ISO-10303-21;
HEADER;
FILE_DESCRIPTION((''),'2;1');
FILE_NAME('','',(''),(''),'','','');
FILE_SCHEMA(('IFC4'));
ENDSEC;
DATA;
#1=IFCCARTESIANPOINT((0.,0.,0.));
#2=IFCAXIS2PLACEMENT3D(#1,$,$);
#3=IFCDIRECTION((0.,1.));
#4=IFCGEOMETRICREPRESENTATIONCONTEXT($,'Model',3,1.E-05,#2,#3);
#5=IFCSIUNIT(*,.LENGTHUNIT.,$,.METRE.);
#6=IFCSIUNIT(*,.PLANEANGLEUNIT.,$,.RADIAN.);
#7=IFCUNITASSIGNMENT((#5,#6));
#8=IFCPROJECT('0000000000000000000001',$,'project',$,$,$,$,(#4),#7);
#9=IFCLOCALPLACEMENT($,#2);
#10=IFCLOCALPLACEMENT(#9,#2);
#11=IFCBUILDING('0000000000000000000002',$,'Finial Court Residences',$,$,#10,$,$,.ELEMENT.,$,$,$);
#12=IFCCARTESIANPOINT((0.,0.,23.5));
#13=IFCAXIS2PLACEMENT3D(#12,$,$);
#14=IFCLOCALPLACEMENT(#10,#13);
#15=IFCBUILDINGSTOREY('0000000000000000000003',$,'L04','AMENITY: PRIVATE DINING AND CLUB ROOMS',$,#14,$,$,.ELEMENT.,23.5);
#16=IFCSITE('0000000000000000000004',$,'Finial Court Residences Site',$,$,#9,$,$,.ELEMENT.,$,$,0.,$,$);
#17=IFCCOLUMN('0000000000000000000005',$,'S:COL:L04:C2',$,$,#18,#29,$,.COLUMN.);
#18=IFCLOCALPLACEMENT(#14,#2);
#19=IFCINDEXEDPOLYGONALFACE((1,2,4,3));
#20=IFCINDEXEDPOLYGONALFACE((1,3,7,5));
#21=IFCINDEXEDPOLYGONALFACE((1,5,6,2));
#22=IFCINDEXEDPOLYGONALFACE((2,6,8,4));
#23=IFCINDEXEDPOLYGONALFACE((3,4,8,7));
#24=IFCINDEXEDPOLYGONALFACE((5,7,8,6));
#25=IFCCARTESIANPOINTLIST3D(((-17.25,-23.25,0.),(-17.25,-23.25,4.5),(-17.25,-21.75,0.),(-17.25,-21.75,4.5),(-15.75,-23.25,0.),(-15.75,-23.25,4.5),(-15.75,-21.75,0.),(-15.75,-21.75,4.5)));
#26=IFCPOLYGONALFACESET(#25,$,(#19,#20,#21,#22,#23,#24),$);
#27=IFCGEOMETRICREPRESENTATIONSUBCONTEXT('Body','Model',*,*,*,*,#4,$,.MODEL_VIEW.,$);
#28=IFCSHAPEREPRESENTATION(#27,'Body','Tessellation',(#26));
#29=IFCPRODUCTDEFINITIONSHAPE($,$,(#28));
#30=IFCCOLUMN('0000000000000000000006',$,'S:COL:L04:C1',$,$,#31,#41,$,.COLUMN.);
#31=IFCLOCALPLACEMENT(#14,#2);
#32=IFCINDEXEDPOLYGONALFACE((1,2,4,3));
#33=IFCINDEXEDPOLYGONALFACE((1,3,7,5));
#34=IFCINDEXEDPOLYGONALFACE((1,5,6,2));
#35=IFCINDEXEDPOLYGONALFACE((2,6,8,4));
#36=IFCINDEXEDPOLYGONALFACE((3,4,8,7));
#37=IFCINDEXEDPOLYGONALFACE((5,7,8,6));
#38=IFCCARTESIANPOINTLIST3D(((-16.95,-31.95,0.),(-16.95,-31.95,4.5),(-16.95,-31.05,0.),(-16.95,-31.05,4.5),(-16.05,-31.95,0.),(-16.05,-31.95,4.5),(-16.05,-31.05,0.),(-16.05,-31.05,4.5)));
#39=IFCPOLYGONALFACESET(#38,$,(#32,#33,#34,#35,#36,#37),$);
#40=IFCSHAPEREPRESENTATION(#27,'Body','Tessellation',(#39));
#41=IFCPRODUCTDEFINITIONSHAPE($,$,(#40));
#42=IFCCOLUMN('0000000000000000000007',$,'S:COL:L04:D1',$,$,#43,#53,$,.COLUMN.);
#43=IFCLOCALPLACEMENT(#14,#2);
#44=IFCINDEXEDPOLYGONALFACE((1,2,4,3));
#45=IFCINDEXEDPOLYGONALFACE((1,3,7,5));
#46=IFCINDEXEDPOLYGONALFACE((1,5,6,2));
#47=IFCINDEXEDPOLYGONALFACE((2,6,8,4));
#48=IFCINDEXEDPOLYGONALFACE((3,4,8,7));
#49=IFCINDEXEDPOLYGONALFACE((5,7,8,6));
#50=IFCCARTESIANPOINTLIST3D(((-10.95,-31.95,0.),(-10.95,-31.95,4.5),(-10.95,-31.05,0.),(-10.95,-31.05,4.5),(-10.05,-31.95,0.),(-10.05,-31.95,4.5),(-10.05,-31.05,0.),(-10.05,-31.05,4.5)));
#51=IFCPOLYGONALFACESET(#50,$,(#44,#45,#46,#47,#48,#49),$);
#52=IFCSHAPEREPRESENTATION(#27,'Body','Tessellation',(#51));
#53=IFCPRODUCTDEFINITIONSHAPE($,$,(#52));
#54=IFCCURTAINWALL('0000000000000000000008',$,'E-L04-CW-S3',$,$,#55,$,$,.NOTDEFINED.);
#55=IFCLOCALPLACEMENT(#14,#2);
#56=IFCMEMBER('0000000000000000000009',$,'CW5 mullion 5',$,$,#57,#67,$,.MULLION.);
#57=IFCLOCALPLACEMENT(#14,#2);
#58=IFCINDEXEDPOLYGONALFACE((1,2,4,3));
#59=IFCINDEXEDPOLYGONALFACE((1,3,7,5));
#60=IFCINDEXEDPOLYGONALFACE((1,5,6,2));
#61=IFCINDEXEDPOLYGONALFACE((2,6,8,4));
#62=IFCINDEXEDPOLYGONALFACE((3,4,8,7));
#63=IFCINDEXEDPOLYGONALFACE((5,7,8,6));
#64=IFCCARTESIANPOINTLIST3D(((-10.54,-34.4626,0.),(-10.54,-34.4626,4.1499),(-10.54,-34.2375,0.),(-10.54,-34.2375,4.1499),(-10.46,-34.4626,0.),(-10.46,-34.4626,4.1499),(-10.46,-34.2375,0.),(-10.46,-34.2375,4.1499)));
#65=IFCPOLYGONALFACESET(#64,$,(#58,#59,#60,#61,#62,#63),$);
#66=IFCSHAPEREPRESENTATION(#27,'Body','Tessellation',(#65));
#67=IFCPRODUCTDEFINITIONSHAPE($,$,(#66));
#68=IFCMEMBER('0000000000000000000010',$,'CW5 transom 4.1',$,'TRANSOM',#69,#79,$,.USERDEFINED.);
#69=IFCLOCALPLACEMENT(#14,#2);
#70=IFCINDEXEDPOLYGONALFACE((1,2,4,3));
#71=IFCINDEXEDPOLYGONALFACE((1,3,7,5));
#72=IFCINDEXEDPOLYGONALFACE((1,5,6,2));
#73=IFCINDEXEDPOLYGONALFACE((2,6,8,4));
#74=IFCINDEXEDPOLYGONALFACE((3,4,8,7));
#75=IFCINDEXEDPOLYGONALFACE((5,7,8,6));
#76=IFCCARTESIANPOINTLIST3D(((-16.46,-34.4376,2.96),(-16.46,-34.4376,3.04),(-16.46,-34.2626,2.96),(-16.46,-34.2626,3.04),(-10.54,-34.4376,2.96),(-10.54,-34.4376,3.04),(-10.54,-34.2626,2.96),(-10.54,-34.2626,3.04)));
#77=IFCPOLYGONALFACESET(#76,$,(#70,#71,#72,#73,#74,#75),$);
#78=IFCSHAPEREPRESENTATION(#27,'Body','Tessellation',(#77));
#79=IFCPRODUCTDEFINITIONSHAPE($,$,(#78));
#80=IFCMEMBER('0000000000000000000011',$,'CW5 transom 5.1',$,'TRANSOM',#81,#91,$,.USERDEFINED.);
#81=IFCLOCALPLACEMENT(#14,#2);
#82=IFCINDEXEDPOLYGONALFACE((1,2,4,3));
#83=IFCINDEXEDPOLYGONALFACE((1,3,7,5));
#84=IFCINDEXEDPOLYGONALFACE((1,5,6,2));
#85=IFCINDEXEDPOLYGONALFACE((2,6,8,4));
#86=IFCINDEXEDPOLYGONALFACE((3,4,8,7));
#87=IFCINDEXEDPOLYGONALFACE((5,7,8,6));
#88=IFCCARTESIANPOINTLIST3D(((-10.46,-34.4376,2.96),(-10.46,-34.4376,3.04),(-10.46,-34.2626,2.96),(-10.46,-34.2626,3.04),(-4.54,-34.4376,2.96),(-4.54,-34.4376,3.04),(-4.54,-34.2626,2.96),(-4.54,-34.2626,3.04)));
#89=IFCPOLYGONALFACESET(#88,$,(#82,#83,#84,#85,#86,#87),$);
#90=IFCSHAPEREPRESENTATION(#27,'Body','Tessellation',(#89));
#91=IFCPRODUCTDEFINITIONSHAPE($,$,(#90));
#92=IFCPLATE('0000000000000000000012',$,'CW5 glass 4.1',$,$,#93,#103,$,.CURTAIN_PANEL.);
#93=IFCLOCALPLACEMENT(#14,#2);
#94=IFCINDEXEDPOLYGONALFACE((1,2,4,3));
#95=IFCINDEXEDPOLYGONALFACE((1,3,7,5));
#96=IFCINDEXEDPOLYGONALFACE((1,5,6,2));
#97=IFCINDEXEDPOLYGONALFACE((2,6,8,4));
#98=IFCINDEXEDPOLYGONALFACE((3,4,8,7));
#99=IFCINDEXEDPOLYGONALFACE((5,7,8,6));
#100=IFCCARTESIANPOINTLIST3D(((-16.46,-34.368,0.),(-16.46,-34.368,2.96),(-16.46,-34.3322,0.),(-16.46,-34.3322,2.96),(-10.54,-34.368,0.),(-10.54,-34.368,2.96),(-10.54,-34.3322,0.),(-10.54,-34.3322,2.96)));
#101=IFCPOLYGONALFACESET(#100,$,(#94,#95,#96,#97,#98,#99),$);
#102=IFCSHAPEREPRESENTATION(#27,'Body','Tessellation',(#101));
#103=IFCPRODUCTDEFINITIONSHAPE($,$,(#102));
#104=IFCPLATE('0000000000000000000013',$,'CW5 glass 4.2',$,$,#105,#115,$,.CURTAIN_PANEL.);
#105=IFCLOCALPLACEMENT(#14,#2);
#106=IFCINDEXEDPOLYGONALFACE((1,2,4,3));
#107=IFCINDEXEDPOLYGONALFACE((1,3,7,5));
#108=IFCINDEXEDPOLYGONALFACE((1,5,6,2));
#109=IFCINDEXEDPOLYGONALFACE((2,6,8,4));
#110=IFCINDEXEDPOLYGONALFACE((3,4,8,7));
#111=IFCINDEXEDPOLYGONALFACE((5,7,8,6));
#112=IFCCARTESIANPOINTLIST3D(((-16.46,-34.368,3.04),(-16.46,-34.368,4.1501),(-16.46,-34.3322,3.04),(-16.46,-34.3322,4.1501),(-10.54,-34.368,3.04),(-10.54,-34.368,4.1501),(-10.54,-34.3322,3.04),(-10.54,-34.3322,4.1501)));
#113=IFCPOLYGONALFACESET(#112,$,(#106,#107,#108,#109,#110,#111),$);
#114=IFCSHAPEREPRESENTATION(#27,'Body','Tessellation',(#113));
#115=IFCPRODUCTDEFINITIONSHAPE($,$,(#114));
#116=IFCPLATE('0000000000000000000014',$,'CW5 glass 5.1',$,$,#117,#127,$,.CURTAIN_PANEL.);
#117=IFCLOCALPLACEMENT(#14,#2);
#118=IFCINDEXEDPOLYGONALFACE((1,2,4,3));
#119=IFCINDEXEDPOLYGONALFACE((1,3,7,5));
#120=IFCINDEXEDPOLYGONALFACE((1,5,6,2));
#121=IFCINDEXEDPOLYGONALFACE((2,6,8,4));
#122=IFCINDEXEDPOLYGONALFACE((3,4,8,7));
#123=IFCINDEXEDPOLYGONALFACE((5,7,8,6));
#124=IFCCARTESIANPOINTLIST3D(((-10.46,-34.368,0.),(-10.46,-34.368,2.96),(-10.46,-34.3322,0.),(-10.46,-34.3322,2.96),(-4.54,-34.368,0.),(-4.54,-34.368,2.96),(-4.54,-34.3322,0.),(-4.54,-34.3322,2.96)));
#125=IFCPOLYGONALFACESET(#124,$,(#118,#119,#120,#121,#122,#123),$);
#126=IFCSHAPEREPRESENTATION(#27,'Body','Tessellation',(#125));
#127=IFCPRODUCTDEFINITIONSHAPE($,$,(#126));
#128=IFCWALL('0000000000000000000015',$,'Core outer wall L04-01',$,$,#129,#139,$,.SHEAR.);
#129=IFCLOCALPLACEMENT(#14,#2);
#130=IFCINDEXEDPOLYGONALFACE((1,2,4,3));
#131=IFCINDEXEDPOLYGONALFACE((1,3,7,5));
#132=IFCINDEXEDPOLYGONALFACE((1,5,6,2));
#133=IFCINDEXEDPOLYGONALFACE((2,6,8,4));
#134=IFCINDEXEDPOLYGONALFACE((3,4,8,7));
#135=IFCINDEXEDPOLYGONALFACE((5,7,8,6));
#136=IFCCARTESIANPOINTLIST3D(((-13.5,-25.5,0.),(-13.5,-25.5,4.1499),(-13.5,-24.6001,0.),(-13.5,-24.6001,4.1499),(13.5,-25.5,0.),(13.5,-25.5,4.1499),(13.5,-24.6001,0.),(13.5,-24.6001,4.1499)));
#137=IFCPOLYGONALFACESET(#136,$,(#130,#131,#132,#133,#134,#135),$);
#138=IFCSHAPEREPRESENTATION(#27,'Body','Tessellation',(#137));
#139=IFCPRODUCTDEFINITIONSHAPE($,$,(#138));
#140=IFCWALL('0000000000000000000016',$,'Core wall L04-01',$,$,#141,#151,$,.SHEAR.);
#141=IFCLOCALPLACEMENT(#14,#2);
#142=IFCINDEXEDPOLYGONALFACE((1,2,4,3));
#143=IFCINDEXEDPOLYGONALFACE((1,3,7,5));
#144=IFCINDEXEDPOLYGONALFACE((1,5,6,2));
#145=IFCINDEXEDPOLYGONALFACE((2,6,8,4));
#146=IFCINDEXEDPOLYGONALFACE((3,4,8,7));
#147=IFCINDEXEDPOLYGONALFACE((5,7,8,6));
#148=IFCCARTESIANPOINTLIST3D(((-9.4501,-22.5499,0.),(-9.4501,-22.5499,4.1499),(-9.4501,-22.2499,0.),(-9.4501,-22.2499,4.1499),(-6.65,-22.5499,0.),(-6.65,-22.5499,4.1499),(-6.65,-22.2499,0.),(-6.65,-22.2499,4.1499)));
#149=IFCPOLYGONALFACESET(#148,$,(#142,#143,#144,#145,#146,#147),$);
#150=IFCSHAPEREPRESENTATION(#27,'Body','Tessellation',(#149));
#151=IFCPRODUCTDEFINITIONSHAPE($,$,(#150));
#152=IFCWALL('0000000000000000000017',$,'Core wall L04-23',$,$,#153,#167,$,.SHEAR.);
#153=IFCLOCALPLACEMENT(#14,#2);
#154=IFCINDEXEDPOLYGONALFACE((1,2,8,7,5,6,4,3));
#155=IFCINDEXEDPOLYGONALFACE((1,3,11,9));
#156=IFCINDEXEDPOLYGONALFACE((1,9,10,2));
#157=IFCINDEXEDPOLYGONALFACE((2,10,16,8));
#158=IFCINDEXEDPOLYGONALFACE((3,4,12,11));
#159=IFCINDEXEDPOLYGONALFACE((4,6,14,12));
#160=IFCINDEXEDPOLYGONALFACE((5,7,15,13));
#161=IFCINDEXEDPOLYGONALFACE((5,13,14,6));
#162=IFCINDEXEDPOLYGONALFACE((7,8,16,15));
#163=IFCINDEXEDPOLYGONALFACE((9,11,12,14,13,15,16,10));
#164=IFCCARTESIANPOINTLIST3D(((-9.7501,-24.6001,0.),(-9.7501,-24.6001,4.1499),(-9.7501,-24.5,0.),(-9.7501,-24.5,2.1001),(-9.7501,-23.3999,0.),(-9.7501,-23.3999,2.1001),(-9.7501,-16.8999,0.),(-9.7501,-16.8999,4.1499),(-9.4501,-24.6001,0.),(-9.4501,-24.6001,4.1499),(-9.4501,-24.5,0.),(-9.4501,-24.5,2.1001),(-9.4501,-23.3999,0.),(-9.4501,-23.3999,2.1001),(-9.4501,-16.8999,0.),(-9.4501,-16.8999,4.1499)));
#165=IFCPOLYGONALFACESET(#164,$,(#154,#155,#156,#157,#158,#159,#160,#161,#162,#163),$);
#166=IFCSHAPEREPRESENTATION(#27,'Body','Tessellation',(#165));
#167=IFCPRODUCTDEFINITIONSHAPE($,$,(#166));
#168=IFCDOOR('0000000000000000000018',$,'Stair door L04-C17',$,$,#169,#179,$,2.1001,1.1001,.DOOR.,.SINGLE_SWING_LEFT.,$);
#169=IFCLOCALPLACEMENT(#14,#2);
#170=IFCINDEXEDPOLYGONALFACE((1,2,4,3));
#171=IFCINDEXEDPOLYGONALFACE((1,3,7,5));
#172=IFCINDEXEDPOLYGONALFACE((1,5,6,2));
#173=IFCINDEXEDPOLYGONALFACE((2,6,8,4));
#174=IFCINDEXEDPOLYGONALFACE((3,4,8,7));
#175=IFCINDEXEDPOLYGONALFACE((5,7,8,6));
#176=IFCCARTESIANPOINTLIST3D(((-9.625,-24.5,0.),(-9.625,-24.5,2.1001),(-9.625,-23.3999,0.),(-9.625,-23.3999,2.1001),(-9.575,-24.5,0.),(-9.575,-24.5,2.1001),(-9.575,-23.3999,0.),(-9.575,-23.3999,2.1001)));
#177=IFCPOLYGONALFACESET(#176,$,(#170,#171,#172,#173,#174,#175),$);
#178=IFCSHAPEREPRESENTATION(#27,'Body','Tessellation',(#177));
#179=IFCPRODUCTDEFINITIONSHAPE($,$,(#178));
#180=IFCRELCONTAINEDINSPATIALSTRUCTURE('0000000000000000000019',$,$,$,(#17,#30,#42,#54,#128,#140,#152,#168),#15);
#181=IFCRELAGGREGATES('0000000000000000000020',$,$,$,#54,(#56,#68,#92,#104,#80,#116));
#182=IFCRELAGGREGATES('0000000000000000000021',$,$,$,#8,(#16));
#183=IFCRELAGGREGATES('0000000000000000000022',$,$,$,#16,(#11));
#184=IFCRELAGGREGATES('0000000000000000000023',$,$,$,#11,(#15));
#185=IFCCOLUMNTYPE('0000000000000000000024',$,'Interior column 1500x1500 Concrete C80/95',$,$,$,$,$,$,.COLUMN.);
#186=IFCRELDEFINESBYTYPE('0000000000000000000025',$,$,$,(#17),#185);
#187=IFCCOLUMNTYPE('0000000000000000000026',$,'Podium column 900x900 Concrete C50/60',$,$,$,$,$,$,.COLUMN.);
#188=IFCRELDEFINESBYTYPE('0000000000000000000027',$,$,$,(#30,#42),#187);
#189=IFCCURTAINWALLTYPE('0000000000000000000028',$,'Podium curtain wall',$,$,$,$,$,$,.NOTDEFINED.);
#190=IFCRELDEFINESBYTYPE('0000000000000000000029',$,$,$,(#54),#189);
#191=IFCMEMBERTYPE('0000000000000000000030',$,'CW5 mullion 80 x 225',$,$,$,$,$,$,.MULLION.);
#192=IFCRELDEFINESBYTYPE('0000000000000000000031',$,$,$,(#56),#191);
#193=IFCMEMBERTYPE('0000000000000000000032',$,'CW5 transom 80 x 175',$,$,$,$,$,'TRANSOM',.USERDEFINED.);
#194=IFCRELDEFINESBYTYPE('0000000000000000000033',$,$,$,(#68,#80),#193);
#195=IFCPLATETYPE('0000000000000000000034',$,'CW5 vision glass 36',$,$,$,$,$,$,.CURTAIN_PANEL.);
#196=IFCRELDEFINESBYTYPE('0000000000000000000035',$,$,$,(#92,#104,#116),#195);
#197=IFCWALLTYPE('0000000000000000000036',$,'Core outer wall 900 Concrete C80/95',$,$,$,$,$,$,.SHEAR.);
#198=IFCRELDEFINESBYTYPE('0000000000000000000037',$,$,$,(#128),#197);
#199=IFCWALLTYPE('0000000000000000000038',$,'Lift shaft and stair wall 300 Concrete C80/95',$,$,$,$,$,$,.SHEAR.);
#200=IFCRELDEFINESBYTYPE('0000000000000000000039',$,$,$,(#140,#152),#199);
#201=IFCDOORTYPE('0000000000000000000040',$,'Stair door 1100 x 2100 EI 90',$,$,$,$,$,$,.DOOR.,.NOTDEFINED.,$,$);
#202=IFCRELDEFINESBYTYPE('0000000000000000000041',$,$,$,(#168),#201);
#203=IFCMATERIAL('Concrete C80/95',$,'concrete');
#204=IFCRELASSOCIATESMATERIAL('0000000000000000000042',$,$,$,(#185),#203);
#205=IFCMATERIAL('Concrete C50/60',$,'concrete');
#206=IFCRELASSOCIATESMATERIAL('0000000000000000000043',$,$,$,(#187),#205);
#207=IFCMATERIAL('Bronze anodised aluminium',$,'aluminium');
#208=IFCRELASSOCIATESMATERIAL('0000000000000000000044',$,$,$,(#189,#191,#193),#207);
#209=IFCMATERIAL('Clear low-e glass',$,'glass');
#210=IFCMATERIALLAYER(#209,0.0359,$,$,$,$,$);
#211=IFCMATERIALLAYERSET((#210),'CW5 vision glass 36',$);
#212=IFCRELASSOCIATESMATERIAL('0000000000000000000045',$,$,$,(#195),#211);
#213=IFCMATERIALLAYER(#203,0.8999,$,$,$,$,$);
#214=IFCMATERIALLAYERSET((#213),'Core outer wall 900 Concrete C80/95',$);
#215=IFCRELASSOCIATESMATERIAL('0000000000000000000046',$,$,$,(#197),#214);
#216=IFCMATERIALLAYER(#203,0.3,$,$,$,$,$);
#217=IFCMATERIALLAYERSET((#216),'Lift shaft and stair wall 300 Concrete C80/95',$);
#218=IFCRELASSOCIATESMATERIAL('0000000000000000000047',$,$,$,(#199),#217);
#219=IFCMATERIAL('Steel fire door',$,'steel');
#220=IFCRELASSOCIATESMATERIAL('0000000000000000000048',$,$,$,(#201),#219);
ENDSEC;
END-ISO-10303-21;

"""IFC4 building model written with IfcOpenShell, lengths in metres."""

from ifc_helpers import new_model, si_unit, direction, frame, frame_2d, origin, origin_2d, place, context, subcontext, project, spatial, rectangle, extrude, material, layer, layer_set, material_profile, profile_set, type_object, element, fill, aggregate, save


model = new_model("IFC4")

# Units and contexts
model_context = context("Model", 3, precision=1e-05, world=origin(), true_north=direction((0.0, 1.0)))
body_context = subcontext(model_context, "Body", "Model", "MODEL_VIEW")
ifc_project = project(units=[si_unit("LENGTHUNIT", "METRE"), si_unit("PLANEANGLEUNIT", "RADIAN")], contexts=[model_context])

# Site, building, storey
site_placement = place(None, origin())
site = spatial("IfcSite", under=ifc_project, at=site_placement, Name="Finial Court Residences Site", CompositionType="ELEMENT", RefElevation=0.0)
building_placement = place(site_placement, origin())
building = spatial("IfcBuilding", under=site, at=building_placement, Name="Finial Court Residences", CompositionType="ELEMENT")
storey_placement = place(building_placement, frame((0.0, 0.0, 23.5)))
storey = spatial("IfcBuildingStorey", under=building, at=storey_placement, Name="L04", Description="AMENITY: PRIVATE DINING AND CLUB ROOMS", CompositionType="ELEMENT", Elevation=23.5)

# Columns
ifc_material_1 = material(Name="Concrete C80/95", Category="concrete")
ifc_material_profile_1 = material_profile(ifc_material_1, rectangle(XDim=1.5, YDim=1.5, at=origin_2d()), Name="1500x1500")
ifc_profile_set_1 = profile_set([ifc_material_profile_1], Name="Concrete C80/95")
column_type_1 = type_object("IfcColumnType", Name="Interior column 1500x1500 Concrete C80/95", PredefinedType="COLUMN", material=ifc_profile_set_1)
column_placement = place(storey_placement, frame((-16.5, -22.5, 0.0), z_axis=(0.0, 0.0, 1.0), x_axis=(1.0, 0.0, 0.0)))
element("IfcColumn", 1, at=column_placement, inside=storey, type_object=column_type_1, Name="S:COL:L04:C2", PredefinedType="COLUMN", context=body_context, shape_type="SweptSolid", body=[
    extrude(rectangle(XDim=1.5, YDim=1.5, at=origin_2d()), origin(), (0.0, 0.0, 1.0), 4.5),
])
ifc_material_2 = material(Name="Concrete C50/60", Category="concrete")
ifc_material_profile_2 = material_profile(ifc_material_2, rectangle(XDim=0.8999, YDim=0.8999, at=origin_2d()), Name="900x900")
ifc_profile_set_2 = profile_set([ifc_material_profile_2], Name="Concrete C50/60")
column_type_2 = type_object("IfcColumnType", Name="Podium column 900x900 Concrete C50/60", PredefinedType="COLUMN", material=ifc_profile_set_2)
for number, where, z_axis, x_axis, name in (
    (2, (-16.5, -31.5, 0.0), (0.0, 0.0, 1.0), (1.0, 0.0, 0.0), "S:COL:L04:C1"),
    (3, (-10.5, -31.5, 0.0), (0.0, 0.0, 1.0), (1.0, 0.0, 0.0), "S:COL:L04:D1"),
):
    element("IfcColumn", number, at=place(storey_placement, frame(where, z_axis=z_axis, x_axis=x_axis)), inside=storey, type_object=column_type_2, Name=name, PredefinedType="COLUMN", context=body_context, shape_type="SweptSolid", body=[
        extrude(rectangle(XDim=0.8999, YDim=0.8999, at=origin_2d()), origin(), (0.0, 0.0, 1.0), 4.5),
    ])

# Curtain wall, members, plates
ifc_material_3 = material(Name="Bronze anodised aluminium", Category="aluminium")
curtain_wall_type = type_object("IfcCurtainWallType", Name="Podium curtain wall", PredefinedType="NOTDEFINED", material=ifc_material_3)
curtain_wall_placement = place(storey_placement, origin())
curtain_wall = element("IfcCurtainWall", 4, at=curtain_wall_placement, inside=storey, type_object=curtain_wall_type, Name="E-L04-CW-S3", PredefinedType="NOTDEFINED")
ifc_material_profile_3 = material_profile(ifc_material_3, rectangle(XDim=0.2251, YDim=0.0801, at=origin_2d()), Name="CW5 mullion 80 x 225")
ifc_profile_set_3 = profile_set([ifc_material_profile_3], Name="Bronze anodised aluminium")
member_type_1 = type_object("IfcMemberType", Name="CW5 mullion 80 x 225", PredefinedType="MULLION", material=ifc_profile_set_3)
member_1_placement = place(storey_placement, frame((-10.5, -34.3501, 0.0), z_axis=(0.0, 0.0, 1.0), x_axis=(0.0, 1.0, 0.0)))
member_1 = element("IfcMember", 5, at=member_1_placement, type_object=member_type_1, Name="CW5 mullion 5", PredefinedType="MULLION", context=body_context, shape_type="SweptSolid", body=[
    extrude(rectangle(XDim=0.2251, YDim=0.0801, at=origin_2d()), origin(), (0.0, 0.0, 1.0), 4.1499),
])
ifc_material_profile_4 = material_profile(ifc_material_3, rectangle(XDim=0.175, YDim=0.0801, at=origin_2d()), Name="CW5 transom 80 x 175")
ifc_profile_set_4 = profile_set([ifc_material_profile_4], Name="Bronze anodised aluminium")
member_type_2 = type_object("IfcMemberType", Name="CW5 transom 80 x 175", ElementType="TRANSOM", PredefinedType="USERDEFINED", material=ifc_profile_set_4)
member_2_placement = place(storey_placement, frame((-16.46, -34.3501, 3.0), z_axis=(1.0, 0.0, 0.0), x_axis=(0.0, 1.0, 0.0)))
member_2 = element("IfcMember", 6, at=member_2_placement, type_object=member_type_2, Name="CW5 transom 4.1", ObjectType="TRANSOM", PredefinedType="USERDEFINED", context=body_context, shape_type="SweptSolid", body=[
    extrude(rectangle(XDim=0.175, YDim=0.0801, at=origin_2d()), origin(), (0.0, 0.0, 1.0), 5.9199),
])
member_3_placement = place(storey_placement, frame((-10.46, -34.3501, 3.0), z_axis=(1.0, 0.0, 0.0), x_axis=(0.0, 1.0, 0.0)))
member_3 = element("IfcMember", 7, at=member_3_placement, type_object=member_type_2, Name="CW5 transom 5.1", ObjectType="TRANSOM", PredefinedType="USERDEFINED", context=body_context, shape_type="SweptSolid", body=[
    extrude(rectangle(XDim=0.175, YDim=0.0801, at=origin_2d()), origin(), (0.0, 0.0, 1.0), 5.9199),
])
ifc_material_4 = material(Name="Clear low-e glass", Category="glass")
ifc_layer_1 = layer(ifc_material_4, 0.0359)
ifc_layer_set_1 = layer_set([ifc_layer_1], Name="CW5 vision glass 36")
plate_type = type_object("IfcPlateType", Name="CW5 vision glass 36", PredefinedType="CURTAIN_PANEL", material=ifc_layer_set_1)
plate_1_placement = place(storey_placement, frame((-13.5, -34.3501, 0.0), z_axis=(0.0, 0.0, 1.0), x_axis=(1.0, 0.0, 0.0)))
plate_1 = element("IfcPlate", 8, at=plate_1_placement, type_object=plate_type, Name="CW5 glass 4.1", PredefinedType="CURTAIN_PANEL", context=body_context, shape_type="SweptSolid", body=[
    extrude(rectangle(XDim=5.9199, YDim=0.0359, at=origin_2d()), origin(), (0.0, 0.0, 1.0), 2.96),
])
plate_2_placement = place(storey_placement, frame((-13.5, -34.3501, 3.04), z_axis=(0.0, 0.0, 1.0), x_axis=(1.0, 0.0, 0.0)))
plate_2 = element("IfcPlate", 9, at=plate_2_placement, type_object=plate_type, Name="CW5 glass 4.2", PredefinedType="CURTAIN_PANEL", context=body_context, shape_type="SweptSolid", body=[
    extrude(rectangle(XDim=5.9199, YDim=0.0359, at=origin_2d()), origin(), (0.0, 0.0, 1.0), 1.1101),
])
plate_3_placement = place(storey_placement, frame((-7.5, -34.3501, 0.0), z_axis=(0.0, 0.0, 1.0), x_axis=(1.0, 0.0, 0.0)))
plate_3 = element("IfcPlate", 10, at=plate_3_placement, type_object=plate_type, Name="CW5 glass 5.1", PredefinedType="CURTAIN_PANEL", context=body_context, shape_type="SweptSolid", body=[
    extrude(rectangle(XDim=5.9199, YDim=0.0359, at=origin_2d()), origin(), (0.0, 0.0, 1.0), 2.96),
])
aggregate(curtain_wall, [member_1, member_2, plate_1, plate_2, member_3, plate_3])

# Walls
ifc_layer_2 = layer(ifc_material_1, 0.8999)
ifc_layer_set_2 = layer_set([ifc_layer_2], Name="Core outer wall 900 Concrete C80/95")
wall_type_1 = type_object("IfcWallType", Name="Core outer wall 900 Concrete C80/95", PredefinedType="SHEAR", material=ifc_layer_set_2)
wall_1_placement = place(storey_placement, frame((-13.5, -25.05, 0.0), z_axis=(0.0, 0.0, 1.0), x_axis=(1.0, 0.0, 0.0)))
element("IfcWall", 11, at=wall_1_placement, inside=storey, type_object=wall_type_1, Name="Core outer wall L04-01", PredefinedType="SHEAR", context=body_context, shape_type="SweptSolid", body=[
    extrude(rectangle(XDim=27.0, YDim=0.8999, at=frame_2d((13.5, 0.0))), origin(), (0.0, 0.0, 1.0), 4.1499),
])
ifc_layer_3 = layer(ifc_material_1, 0.3)
ifc_layer_set_3 = layer_set([ifc_layer_3], Name="Lift shaft and stair wall 300 Concrete C80/95")
wall_type_2 = type_object("IfcWallType", Name="Lift shaft and stair wall 300 Concrete C80/95", PredefinedType="SHEAR", material=ifc_layer_set_3)
wall_2_placement = place(storey_placement, frame((-9.45, -22.3999, 0.0), z_axis=(0.0, 0.0, 1.0), x_axis=(1.0, 0.0, 0.0)))
element("IfcWall", 12, at=wall_2_placement, inside=storey, type_object=wall_type_2, Name="Core wall L04-01", PredefinedType="SHEAR", context=body_context, shape_type="SweptSolid", body=[
    extrude(rectangle(XDim=2.8, YDim=0.3, at=frame_2d((1.3999, 0.0))), origin(), (0.0, 0.0, 1.0), 4.1499),
])

# Wall, opening, door
wall_3_placement = place(storey_placement, frame((-9.6001, -24.6001, 0.0), z_axis=(0.0, 0.0, 1.0), x_axis=(0.0, 1.0, 0.0)))
wall_3 = element("IfcWall", 13, at=wall_3_placement, inside=storey, type_object=wall_type_2, Name="Core wall L04-23", PredefinedType="SHEAR", context=body_context, shape_type="SweptSolid", body=[
    extrude(rectangle(XDim=7.7002, YDim=0.3, at=frame_2d((3.8501, 0.0))), origin(), (0.0, 0.0, 1.0), 4.1499),
])
opening_placement = place(wall_3_placement, frame((0.1001, 0.0, 0.0)))
opening = element("IfcOpeningElement", 14, at=opening_placement, cuts=wall_3, PredefinedType="OPENING", context=body_context, shape_type="SweptSolid", body=[
    extrude(rectangle(XDim=1.1001, YDim=2.1001, at=frame_2d((0.55, 1.05))), frame((0.0, 0.1599, 0.0), z_axis=(0.0, -1.0, 0.0), x_axis=(1.0, 0.0, 0.0)), (0.0, 0.0, 1.0), 0.3201),
])
ifc_material_5 = material(Name="Steel fire door", Category="steel")
door_type = type_object("IfcDoorType", Name="Stair door 1100 x 2100 EI 90", OperationType="NOTDEFINED", PredefinedType="DOOR", material=ifc_material_5)
door_placement = place(opening_placement, origin())
door = element("IfcDoor", 15, at=door_placement, inside=storey, type_object=door_type, Name="Stair door L04-C17", OperationType="SINGLE_SWING_LEFT", OverallHeight=2.1001, OverallWidth=1.1001, PredefinedType="DOOR", context=body_context, shape_type="SweptSolid", body=[
    extrude(rectangle(XDim=1.1001, YDim=2.1001, at=frame_2d((0.55, 1.05))), frame((0.0, 0.0249, 0.0), z_axis=(0.0, -1.0, 0.0), x_axis=(1.0, 0.0, 0.0)), (0.0, 0.0, 1.0), 0.05),
])
fill(opening, door)

save(model, "model.ifc")
